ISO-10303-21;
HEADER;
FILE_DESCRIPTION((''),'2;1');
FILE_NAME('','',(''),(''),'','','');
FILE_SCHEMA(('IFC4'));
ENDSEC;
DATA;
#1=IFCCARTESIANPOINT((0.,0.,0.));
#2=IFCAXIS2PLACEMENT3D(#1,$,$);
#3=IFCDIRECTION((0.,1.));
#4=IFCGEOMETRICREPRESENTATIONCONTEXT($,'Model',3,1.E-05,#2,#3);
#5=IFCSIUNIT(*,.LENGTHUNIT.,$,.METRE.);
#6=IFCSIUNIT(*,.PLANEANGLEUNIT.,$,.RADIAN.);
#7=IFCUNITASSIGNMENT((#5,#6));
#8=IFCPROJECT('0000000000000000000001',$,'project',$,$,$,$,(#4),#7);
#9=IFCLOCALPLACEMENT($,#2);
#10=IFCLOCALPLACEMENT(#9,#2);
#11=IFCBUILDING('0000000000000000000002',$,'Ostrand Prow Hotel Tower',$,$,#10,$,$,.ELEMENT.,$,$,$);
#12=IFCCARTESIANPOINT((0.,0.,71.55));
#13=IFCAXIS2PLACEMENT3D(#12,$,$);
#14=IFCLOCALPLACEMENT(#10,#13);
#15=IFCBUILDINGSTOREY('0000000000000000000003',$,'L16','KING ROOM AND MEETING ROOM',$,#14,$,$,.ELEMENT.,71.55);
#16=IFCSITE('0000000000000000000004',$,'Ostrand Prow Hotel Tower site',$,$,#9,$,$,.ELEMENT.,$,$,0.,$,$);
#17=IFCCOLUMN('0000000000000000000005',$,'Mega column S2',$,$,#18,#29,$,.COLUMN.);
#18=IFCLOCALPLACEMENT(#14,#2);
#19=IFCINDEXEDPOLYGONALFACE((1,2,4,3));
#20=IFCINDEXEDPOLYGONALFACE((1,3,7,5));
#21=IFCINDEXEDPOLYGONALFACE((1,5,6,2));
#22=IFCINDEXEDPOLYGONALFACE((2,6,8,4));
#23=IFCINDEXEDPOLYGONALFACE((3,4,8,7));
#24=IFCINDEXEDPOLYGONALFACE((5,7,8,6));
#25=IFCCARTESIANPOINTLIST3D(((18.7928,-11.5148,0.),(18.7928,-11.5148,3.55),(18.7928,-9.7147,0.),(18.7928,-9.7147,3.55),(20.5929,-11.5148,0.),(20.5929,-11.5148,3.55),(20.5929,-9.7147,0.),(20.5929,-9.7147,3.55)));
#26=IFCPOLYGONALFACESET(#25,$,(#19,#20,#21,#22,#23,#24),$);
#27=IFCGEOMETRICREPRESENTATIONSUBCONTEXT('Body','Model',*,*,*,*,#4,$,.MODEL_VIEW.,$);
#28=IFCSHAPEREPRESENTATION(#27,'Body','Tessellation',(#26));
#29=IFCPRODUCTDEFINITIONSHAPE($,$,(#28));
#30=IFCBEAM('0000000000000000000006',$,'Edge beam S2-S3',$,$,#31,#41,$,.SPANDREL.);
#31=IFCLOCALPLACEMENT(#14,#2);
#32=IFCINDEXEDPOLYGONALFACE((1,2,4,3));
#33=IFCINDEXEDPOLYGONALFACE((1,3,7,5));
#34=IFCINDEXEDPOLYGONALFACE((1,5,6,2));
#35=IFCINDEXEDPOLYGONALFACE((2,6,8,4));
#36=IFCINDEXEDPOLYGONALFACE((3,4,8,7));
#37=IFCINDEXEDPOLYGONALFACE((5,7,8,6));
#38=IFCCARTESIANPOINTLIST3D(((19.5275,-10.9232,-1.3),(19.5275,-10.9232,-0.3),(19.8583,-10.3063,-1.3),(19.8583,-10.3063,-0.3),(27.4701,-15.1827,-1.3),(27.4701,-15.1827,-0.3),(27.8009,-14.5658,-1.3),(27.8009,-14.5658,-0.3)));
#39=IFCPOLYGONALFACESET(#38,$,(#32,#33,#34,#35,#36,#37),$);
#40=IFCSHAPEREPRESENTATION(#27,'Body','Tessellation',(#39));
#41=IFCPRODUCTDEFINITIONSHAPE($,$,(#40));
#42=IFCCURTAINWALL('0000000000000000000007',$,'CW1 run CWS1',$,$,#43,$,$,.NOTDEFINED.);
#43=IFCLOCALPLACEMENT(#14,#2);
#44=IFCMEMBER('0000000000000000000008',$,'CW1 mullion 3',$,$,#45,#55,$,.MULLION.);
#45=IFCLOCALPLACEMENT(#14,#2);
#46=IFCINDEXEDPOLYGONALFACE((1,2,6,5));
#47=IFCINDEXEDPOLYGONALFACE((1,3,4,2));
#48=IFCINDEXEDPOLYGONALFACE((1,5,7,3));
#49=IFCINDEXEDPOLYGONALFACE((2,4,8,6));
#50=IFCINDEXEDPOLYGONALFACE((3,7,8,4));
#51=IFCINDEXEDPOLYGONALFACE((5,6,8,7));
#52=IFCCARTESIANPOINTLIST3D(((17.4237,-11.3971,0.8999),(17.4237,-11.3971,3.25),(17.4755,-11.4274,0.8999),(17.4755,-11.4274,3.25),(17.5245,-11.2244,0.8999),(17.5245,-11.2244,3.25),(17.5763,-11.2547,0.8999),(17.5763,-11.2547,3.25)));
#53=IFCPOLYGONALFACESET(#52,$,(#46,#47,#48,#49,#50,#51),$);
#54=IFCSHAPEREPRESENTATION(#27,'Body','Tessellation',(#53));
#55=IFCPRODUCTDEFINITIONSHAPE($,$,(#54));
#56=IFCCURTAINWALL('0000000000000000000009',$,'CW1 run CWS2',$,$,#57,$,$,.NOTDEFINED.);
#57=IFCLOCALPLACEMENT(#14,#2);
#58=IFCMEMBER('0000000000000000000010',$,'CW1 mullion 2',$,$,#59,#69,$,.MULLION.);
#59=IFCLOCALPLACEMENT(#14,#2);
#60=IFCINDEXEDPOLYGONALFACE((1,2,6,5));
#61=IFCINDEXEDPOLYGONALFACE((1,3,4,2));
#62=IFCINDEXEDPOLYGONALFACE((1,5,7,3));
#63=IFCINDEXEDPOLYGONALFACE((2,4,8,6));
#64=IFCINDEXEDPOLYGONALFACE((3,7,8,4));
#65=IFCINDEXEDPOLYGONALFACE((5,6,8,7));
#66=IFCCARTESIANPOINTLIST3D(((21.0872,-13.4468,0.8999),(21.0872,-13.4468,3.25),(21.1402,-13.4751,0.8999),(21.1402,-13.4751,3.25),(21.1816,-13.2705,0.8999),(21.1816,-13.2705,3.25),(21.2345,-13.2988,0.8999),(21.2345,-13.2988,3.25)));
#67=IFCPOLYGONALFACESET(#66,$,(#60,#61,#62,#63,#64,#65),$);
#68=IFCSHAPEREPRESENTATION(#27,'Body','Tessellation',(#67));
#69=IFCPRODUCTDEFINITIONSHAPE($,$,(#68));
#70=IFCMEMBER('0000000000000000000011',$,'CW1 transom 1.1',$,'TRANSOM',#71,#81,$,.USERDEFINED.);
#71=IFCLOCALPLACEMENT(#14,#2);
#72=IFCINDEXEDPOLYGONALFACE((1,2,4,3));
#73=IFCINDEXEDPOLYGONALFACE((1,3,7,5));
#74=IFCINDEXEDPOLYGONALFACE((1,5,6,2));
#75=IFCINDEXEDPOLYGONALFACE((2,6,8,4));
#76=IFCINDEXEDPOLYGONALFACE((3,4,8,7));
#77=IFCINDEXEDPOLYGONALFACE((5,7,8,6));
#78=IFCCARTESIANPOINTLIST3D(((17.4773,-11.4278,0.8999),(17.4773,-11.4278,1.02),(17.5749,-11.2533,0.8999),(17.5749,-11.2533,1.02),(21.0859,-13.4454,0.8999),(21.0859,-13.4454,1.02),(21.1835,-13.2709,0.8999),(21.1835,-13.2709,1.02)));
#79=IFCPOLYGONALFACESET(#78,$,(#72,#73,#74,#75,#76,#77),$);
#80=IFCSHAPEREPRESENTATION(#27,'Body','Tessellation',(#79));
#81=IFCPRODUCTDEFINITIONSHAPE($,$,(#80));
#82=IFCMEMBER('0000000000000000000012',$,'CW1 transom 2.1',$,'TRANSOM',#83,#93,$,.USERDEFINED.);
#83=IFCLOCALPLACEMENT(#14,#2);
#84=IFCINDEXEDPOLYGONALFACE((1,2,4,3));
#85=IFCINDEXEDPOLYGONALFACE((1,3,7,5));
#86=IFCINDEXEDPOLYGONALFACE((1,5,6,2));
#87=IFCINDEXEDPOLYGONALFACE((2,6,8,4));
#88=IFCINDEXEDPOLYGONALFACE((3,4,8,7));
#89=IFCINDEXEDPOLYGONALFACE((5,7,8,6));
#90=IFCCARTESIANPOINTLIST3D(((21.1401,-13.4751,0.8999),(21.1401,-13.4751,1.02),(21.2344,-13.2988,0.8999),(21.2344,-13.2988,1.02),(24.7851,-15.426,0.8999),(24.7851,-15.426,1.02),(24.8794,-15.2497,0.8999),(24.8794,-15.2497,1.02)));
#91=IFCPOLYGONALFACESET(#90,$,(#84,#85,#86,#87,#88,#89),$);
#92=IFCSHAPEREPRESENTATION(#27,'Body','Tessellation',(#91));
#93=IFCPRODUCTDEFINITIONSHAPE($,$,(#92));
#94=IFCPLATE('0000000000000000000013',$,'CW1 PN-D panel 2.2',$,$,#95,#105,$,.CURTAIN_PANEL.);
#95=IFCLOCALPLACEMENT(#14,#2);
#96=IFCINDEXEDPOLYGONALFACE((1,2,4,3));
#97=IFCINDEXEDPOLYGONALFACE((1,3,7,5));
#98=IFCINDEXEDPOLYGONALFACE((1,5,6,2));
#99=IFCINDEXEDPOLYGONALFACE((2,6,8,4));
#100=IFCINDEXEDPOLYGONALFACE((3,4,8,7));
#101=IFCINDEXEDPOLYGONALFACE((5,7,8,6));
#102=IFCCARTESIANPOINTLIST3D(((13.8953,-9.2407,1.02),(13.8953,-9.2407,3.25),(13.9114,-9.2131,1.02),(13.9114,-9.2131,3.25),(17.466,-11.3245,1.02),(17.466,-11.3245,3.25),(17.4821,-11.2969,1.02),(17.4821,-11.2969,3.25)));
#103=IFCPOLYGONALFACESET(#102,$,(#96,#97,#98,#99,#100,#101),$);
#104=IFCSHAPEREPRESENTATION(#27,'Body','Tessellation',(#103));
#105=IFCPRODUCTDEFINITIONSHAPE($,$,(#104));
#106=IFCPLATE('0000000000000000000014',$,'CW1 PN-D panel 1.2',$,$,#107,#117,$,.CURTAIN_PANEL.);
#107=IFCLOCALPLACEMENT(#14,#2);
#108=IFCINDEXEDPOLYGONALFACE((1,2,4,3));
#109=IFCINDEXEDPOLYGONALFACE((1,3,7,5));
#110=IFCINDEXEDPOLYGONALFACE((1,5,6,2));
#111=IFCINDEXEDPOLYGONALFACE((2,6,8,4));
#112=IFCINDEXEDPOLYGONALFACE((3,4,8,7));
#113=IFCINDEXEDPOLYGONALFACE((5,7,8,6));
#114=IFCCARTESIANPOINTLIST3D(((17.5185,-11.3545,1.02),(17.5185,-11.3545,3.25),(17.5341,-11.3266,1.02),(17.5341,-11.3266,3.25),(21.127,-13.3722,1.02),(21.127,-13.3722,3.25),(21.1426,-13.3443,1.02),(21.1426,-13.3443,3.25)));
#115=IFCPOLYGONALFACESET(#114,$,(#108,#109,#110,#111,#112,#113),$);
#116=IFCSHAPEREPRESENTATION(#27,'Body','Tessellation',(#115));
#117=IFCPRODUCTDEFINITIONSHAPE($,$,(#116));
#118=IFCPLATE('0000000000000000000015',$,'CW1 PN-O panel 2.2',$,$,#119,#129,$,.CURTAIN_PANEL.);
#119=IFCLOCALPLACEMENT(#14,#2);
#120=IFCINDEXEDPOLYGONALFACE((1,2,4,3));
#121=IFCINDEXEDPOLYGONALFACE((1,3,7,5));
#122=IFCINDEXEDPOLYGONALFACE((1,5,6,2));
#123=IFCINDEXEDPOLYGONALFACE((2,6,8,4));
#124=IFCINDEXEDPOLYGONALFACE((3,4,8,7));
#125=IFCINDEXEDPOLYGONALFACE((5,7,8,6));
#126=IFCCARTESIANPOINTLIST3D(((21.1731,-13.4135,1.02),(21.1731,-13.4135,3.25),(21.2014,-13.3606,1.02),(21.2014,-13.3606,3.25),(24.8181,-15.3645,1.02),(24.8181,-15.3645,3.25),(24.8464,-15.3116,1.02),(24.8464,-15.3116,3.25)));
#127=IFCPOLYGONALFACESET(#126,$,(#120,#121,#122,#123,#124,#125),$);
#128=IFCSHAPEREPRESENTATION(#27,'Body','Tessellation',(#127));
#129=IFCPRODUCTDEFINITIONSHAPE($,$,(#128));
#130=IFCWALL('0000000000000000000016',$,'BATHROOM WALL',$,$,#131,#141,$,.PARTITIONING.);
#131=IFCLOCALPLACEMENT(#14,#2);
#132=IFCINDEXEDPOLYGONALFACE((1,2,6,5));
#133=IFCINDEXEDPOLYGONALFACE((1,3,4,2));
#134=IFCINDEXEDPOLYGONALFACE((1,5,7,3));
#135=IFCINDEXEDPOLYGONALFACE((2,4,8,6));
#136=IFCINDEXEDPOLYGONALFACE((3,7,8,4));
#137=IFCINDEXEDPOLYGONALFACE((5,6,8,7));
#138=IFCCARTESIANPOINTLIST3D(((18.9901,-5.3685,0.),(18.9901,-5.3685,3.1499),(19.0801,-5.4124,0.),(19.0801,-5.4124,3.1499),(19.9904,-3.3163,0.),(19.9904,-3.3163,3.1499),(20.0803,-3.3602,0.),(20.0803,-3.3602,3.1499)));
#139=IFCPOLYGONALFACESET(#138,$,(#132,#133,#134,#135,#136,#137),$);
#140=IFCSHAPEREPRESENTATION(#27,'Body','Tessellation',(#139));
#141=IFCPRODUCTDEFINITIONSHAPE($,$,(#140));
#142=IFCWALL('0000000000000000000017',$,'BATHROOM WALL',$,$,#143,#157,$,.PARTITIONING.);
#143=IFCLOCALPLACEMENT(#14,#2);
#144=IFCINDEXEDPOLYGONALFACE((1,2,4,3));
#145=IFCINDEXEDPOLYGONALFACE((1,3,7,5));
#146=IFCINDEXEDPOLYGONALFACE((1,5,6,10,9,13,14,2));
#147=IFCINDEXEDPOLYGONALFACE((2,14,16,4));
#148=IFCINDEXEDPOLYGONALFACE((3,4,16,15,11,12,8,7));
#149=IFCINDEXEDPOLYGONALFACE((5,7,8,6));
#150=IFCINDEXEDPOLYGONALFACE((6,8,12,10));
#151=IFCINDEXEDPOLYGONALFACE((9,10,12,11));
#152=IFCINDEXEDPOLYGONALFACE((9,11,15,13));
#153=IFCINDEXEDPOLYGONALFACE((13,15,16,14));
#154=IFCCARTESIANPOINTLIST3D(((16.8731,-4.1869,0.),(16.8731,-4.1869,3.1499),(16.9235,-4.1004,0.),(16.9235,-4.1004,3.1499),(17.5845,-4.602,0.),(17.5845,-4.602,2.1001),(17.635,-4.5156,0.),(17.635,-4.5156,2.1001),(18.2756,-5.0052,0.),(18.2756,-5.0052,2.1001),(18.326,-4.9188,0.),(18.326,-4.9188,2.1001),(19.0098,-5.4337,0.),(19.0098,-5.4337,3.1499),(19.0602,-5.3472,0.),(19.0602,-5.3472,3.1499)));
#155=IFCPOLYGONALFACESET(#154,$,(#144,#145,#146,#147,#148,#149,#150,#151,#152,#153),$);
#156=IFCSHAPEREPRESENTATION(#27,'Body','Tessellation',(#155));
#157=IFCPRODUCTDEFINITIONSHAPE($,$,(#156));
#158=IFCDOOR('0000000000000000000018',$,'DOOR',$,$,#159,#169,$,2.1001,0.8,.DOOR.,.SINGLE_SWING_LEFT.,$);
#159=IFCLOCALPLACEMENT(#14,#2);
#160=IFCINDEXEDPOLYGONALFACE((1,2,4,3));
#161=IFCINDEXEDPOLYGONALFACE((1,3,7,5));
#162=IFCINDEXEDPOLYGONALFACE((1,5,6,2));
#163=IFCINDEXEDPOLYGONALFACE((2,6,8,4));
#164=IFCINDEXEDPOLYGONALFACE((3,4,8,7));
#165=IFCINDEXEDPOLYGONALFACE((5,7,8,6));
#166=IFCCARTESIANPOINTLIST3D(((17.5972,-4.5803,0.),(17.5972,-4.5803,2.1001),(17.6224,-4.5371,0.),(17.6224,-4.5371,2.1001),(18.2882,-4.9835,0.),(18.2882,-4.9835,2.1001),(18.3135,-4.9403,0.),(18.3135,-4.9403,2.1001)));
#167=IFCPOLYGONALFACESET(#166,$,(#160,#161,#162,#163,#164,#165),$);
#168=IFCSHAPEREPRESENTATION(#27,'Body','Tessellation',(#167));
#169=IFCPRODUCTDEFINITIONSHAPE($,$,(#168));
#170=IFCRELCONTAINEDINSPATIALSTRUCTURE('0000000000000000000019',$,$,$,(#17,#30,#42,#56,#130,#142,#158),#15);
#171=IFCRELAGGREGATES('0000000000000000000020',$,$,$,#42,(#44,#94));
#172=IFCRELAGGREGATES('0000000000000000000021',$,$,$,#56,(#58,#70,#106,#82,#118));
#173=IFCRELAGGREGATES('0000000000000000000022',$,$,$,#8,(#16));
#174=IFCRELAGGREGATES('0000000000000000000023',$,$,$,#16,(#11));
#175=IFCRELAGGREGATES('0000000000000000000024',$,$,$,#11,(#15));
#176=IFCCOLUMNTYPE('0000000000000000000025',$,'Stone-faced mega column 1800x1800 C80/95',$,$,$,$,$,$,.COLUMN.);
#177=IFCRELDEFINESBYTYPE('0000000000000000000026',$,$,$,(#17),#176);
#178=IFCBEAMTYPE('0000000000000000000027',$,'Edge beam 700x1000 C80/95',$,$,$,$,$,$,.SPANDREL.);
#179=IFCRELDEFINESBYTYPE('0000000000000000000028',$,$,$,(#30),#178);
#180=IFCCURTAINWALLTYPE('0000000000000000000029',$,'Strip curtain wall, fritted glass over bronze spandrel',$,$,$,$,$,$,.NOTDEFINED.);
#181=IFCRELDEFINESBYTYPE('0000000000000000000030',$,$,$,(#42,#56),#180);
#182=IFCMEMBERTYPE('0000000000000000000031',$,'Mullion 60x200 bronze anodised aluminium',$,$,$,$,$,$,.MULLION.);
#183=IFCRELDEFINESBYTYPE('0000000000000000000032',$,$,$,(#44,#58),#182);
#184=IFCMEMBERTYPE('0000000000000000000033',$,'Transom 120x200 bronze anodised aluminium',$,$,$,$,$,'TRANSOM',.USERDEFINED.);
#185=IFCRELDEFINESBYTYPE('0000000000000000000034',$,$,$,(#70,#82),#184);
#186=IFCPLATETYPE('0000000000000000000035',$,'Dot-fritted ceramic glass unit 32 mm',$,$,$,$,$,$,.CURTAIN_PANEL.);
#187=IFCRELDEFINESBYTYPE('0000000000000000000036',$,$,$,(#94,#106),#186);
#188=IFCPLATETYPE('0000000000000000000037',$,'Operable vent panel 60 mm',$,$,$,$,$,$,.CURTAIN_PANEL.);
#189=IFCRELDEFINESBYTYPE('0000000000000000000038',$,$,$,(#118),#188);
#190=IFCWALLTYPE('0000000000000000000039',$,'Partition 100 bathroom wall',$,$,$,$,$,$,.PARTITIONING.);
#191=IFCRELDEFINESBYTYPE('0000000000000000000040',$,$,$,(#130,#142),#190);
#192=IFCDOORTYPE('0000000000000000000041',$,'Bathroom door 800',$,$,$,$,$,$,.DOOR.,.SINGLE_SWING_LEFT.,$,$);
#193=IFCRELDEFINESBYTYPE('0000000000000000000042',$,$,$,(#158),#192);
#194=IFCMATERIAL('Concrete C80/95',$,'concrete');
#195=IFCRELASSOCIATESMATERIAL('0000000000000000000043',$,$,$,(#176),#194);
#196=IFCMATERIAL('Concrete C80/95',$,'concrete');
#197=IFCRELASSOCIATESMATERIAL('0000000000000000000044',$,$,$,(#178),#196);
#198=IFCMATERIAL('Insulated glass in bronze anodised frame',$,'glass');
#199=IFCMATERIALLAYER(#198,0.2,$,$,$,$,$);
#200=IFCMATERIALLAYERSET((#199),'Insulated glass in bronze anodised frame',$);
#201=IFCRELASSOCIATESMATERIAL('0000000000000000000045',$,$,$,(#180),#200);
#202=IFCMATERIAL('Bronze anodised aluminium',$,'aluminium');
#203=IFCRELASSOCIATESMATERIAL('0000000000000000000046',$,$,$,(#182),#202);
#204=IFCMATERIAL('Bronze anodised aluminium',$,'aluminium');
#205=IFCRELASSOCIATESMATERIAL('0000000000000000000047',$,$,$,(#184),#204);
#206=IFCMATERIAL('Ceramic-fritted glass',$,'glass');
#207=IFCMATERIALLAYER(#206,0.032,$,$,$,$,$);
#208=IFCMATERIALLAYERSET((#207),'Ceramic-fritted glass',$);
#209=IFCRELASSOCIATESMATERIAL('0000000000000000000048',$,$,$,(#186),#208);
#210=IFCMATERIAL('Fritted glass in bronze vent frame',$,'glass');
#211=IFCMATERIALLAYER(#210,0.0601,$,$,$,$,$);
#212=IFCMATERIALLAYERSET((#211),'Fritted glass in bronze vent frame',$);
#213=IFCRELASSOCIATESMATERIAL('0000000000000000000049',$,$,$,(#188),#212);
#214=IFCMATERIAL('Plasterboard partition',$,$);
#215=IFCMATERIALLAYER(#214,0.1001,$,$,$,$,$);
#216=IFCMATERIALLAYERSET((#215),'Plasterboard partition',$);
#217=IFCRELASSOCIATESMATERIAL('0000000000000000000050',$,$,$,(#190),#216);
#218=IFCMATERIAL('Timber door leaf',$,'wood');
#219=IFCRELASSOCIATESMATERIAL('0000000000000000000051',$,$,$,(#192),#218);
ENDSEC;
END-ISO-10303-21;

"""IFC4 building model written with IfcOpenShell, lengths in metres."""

from ifc_helpers import new_model, si_unit, direction, frame, frame_2d, origin, origin_2d, place, context, subcontext, project, spatial, rectangle, extrude, material, layer, layer_set, material_profile, profile_set, type_object, element, fill, aggregate, save


model = new_model("IFC4")

# Units and contexts
model_context = context("Model", 3, precision=1e-05, world=origin(), true_north=direction((0.0, 1.0)))
body_context = subcontext(model_context, "Body", "Model", "MODEL_VIEW")
ifc_project = project(units=[si_unit("LENGTHUNIT", "METRE"), si_unit("PLANEANGLEUNIT", "RADIAN")], contexts=[model_context])

# Site, building, storey
site_placement = place(None, origin())
site = spatial("IfcSite", under=ifc_project, at=site_placement, Name="Ostrand Prow Hotel Tower site", CompositionType="ELEMENT", RefElevation=0.0)
building_placement = place(site_placement, origin())
building = spatial("IfcBuilding", under=site, at=building_placement, Name="Ostrand Prow Hotel Tower", CompositionType="ELEMENT")
storey_placement = place(building_placement, frame((0.0, 0.0, 71.55)))
storey = spatial("IfcBuildingStorey", under=building, at=storey_placement, Name="L16", Description="KING ROOM AND MEETING ROOM", CompositionType="ELEMENT", Elevation=71.55)

# Column
ifc_material_1 = material(Name="Concrete C80/95", Category="concrete")
ifc_material_profile_1 = material_profile(ifc_material_1, rectangle(XDim=1.8, YDim=1.8, at=origin_2d()), Name="RC 1800x1800")
ifc_profile_set_1 = profile_set([ifc_material_profile_1], Name="Concrete C80/95")
column_type = type_object("IfcColumnType", Name="Stone-faced mega column 1800x1800 C80/95", PredefinedType="COLUMN", material=ifc_profile_set_1)
column_placement = place(storey_placement, frame((19.6929, -10.6147, 0.0), z_axis=(0.0, 0.0, 1.0), x_axis=(1.0, 0.0, 0.0)))
element("IfcColumn", 1, at=column_placement, inside=storey, type_object=column_type, Name="Mega column S2", PredefinedType="COLUMN", context=body_context, shape_type="SweptSolid", body=[
    extrude(rectangle(XDim=1.8, YDim=1.8, at=origin_2d()), origin(), (0.0, 0.0, 1.0), 3.55),
])

# Beam
ifc_material_2 = material(Name="Concrete C80/95", Category="concrete")
ifc_material_profile_2 = material_profile(ifc_material_2, rectangle(XDim=0.7, YDim=1.0, at=origin_2d()), Name="RC 700x1000")
ifc_profile_set_2 = profile_set([ifc_material_profile_2], Name="Concrete C80/95")
beam_type = type_object("IfcBeamType", Name="Edge beam 700x1000 C80/95", PredefinedType="SPANDREL", material=ifc_profile_set_2)
beam_placement = place(storey_placement, frame((19.6929, -10.6147, -0.8), z_axis=(0.88127, -0.472613, 0.0), x_axis=(0.472613, 0.88127, 0.0)))
element("IfcBeam", 2, at=beam_placement, inside=storey, type_object=beam_type, Name="Edge beam S2-S3", PredefinedType="SPANDREL", context=body_context, shape_type="SweptSolid", body=[
    extrude(rectangle(XDim=0.7, YDim=1.0, at=origin_2d()), origin(), (0.0, 0.0, 1.0), 9.0127),
])

# Curtain wall, member
ifc_material_3 = material(Name="Insulated glass in bronze anodised frame", Category="glass")
ifc_layer_1 = layer(ifc_material_3, 0.2)
ifc_layer_set_1 = layer_set([ifc_layer_1], Name="Insulated glass in bronze anodised frame")
curtain_wall_type = type_object("IfcCurtainWallType", Name="Strip curtain wall, fritted glass over bronze spandrel", PredefinedType="NOTDEFINED", material=ifc_layer_set_1)
curtain_wall_1_placement = place(storey_placement, origin())
curtain_wall_1 = element("IfcCurtainWall", 3, at=curtain_wall_1_placement, inside=storey, type_object=curtain_wall_type, Name="CW1 run CWS1", PredefinedType="NOTDEFINED")
ifc_material_4 = material(Name="Bronze anodised aluminium", Category="aluminium")
ifc_material_profile_3 = material_profile(ifc_material_4, rectangle(XDim=0.2, YDim=0.0601, at=origin_2d()), Name="Mullion 60x200 bronze anodised aluminium")
ifc_profile_set_3 = profile_set([ifc_material_profile_3], Name="Bronze anodised aluminium")
member_type_1 = type_object("IfcMemberType", Name="Mullion 60x200 bronze anodised aluminium", PredefinedType="MULLION", material=ifc_profile_set_3)
member_1_placement = place(storey_placement, frame((17.5, -11.3259, 0.8999), z_axis=(0.0, 0.0, 1.0), x_axis=(0.504023, 0.86369, 0.0)))
member_1 = element("IfcMember", 4, at=member_1_placement, type_object=member_type_1, Name="CW1 mullion 3", PredefinedType="MULLION", context=body_context, shape_type="SweptSolid", body=[
    extrude(rectangle(XDim=0.2, YDim=0.0601, at=origin_2d()), origin(), (0.0, 0.0, 1.0), 2.3501),
])

# Curtain wall, members
curtain_wall_2_placement = place(storey_placement, origin())
curtain_wall_2 = element("IfcCurtainWall", 5, at=curtain_wall_2_placement, inside=storey, type_object=curtain_wall_type, Name="CW1 run CWS2", PredefinedType="NOTDEFINED")
member_2_placement = place(storey_placement, frame((21.1609, -13.3728, 0.8999), z_axis=(0.0, 0.0, 1.0), x_axis=(0.4719, 0.881652, 0.0)))
member_2 = element("IfcMember", 6, at=member_2_placement, type_object=member_type_1, Name="CW1 mullion 2", PredefinedType="MULLION", context=body_context, shape_type="SweptSolid", body=[
    extrude(rectangle(XDim=0.2, YDim=0.0601, at=origin_2d()), origin(), (0.0, 0.0, 1.0), 2.3501),
])
ifc_material_5 = material(Name="Bronze anodised aluminium", Category="aluminium")
ifc_material_profile_4 = material_profile(ifc_material_5, rectangle(XDim=0.2, YDim=0.1201, at=origin_2d()), Name="Transom 120x200 bronze anodised aluminium")
ifc_profile_set_4 = profile_set([ifc_material_profile_4], Name="Bronze anodised aluminium")
member_type_2 = type_object("IfcMemberType", Name="Transom 120x200 bronze anodised aluminium", ElementType="TRANSOM", PredefinedType="USERDEFINED", material=ifc_profile_set_4)
member_3_placement = place(storey_placement, frame((17.5261, -11.3406, 0.96), z_axis=(0.872842, -0.488003, 0.0), x_axis=(0.488003, 0.872842, 0.0)))
member_3 = element("IfcMember", 7, at=member_3_placement, type_object=member_type_2, Name="CW1 transom 1.1", ObjectType="TRANSOM", PredefinedType="USERDEFINED", context=body_context, shape_type="SweptSolid", body=[
    extrude(rectangle(XDim=0.2, YDim=0.1201, at=origin_2d()), origin(), (0.0, 0.0, 1.0), 4.1343),
])
member_4_placement = place(storey_placement, frame((21.1873, -13.387, 0.96), z_axis=(0.881657, -0.47189, 0.0), x_axis=(0.47189, 0.881657, 0.0)))
member_4 = element("IfcMember", 8, at=member_4_placement, type_object=member_type_2, Name="CW1 transom 2.1", ObjectType="TRANSOM", PredefinedType="USERDEFINED", context=body_context, shape_type="SweptSolid", body=[
    extrude(rectangle(XDim=0.2, YDim=0.1201, at=origin_2d()), origin(), (0.0, 0.0, 1.0), 4.1343),
])

# Plates
ifc_material_6 = material(Name="Ceramic-fritted glass", Category="glass")
ifc_layer_2 = layer(ifc_material_6, 0.032)
ifc_layer_set_2 = layer_set([ifc_layer_2], Name="Ceramic-fritted glass")
plate_type_1 = type_object("IfcPlateType", Name="Dot-fritted ceramic glass unit 32 mm", PredefinedType="CURTAIN_PANEL", material=ifc_layer_set_2)
plate_1_placement = place(storey_placement, frame((15.6887, -10.2688, 1.02), z_axis=(0.0, 0.0, 1.0), x_axis=(0.86369, -0.504023, 0.0)))
plate_1 = element("IfcPlate", 9, at=plate_1_placement, type_object=plate_type_1, Name="CW1 PN-D panel 2.2", PredefinedType="CURTAIN_PANEL", context=body_context, shape_type="SweptSolid", body=[
    extrude(rectangle(XDim=4.1343, YDim=0.032, at=origin_2d()), origin(), (0.0, 0.0, 1.0), 2.23),
])
aggregate(curtain_wall_1, [member_1, plate_1])
plate_2_placement = place(storey_placement, frame((19.3306, -12.3494, 1.02), z_axis=(0.0, 0.0, 1.0), x_axis=(0.872819, -0.488044, 0.0)))
plate_2 = element("IfcPlate", 10, at=plate_2_placement, type_object=plate_type_1, Name="CW1 PN-D panel 1.2", PredefinedType="CURTAIN_PANEL", context=body_context, shape_type="SweptSolid", body=[
    extrude(rectangle(XDim=4.1343, YDim=0.032, at=origin_2d()), origin(), (0.0, 0.0, 1.0), 2.23),
])
ifc_material_7 = material(Name="Fritted glass in bronze vent frame", Category="glass")
ifc_layer_3 = layer(ifc_material_7, 0.0601)
ifc_layer_set_3 = layer_set([ifc_layer_3], Name="Fritted glass in bronze vent frame")
plate_type_2 = type_object("IfcPlateType", Name="Operable vent panel 60 mm", PredefinedType="CURTAIN_PANEL", material=ifc_layer_set_3)
plate_3_placement = place(storey_placement, frame((23.0098, -14.3625, 1.02), z_axis=(0.0, 0.0, 1.0), x_axis=(0.881652, -0.4719, 0.0)))
plate_3 = element("IfcPlate", 11, at=plate_3_placement, type_object=plate_type_2, Name="CW1 PN-O panel 2.2", PredefinedType="CURTAIN_PANEL", context=body_context, shape_type="SweptSolid", body=[
    extrude(rectangle(XDim=4.1343, YDim=0.0601, at=origin_2d()), origin(), (0.0, 0.0, 1.0), 2.23),
])
aggregate(curtain_wall_2, [member_2, member_3, plate_2, member_4, plate_3])

# Wall
ifc_material_8 = material(Name="Plasterboard partition")
ifc_layer_4 = layer(ifc_material_8, 0.1001)
ifc_layer_set_4 = layer_set([ifc_layer_4], Name="Plasterboard partition")
wall_type_1 = type_object("IfcWallType", Name="Partition 100 bathroom wall", PredefinedType="PARTITIONING", material=ifc_layer_set_4)
wall_1_placement = place(storey_placement, frame((20.0354, -3.3381, 0.0), z_axis=(0.0, 0.0, 1.0), x_axis=(-0.438122, -0.898915, 0.0)))
element("IfcWall", 12, at=wall_1_placement, inside=storey, type_object=wall_type_1, Name="BATHROOM WALL", PredefinedType="PARTITIONING", context=body_context, shape_type="SweptSolid", body=[
    extrude(rectangle(XDim=2.283, YDim=0.1001, at=frame_2d((1.1416, 0.0))), origin(), (0.0, 0.0, 1.0), 3.1499),
])

# Wall, opening, door
wall_2_placement = place(storey_placement, frame((19.0349, -5.3904, 0.0), z_axis=(0.0, 0.0, 1.0), x_axis=(-0.863707, 0.503994, 0.0)))
wall_2 = element("IfcWall", 13, at=wall_2_placement, inside=storey, type_object=wall_type_1, Name="BATHROOM WALL", PredefinedType="PARTITIONING", context=body_context, shape_type="SweptSolid", body=[
    extrude(rectangle(XDim=2.4739, YDim=0.1001, at=frame_2d((1.2368, 0.0))), origin(), (0.0, 0.0, 1.0), 3.1499),
])
opening_1_placement = place(wall_2_placement, frame((0.8501, 0.0, 0.0)))
opening_1 = element("IfcOpeningElement", 14, at=opening_1_placement, cuts=wall_2, PredefinedType="OPENING", context=body_context, shape_type="SweptSolid", body=[
    extrude(rectangle(XDim=0.8, YDim=2.1001, at=frame_2d((0.3999, 1.05))), frame((0.0, 0.0601, 0.0), z_axis=(0.0, -1.0, 0.0), x_axis=(1.0, 0.0, 0.0)), (0.0, 0.0, 1.0), 0.1201),
])
ifc_material_9 = material(Name="Timber door leaf", Category="wood")
door_type_1 = type_object("IfcDoorType", Name="Bathroom door 800", OperationType="SINGLE_SWING_LEFT", PredefinedType="DOOR", material=ifc_material_9)
door_1_placement = place(opening_1_placement, origin())
door_1 = element("IfcDoor", 15, at=door_1_placement, inside=storey, type_object=door_type_1, Name="DOOR", OperationType="SINGLE_SWING_LEFT", OverallHeight=2.1001, OverallWidth=0.8, PredefinedType="DOOR", context=body_context, shape_type="SweptSolid", body=[
    extrude(rectangle(XDim=0.8, YDim=2.1001, at=frame_2d((0.3999, 1.05))), frame((0.0, 0.0249, 0.0), z_axis=(0.0, -1.0, 0.0), x_axis=(1.0, 0.0, 0.0)), (0.0, 0.0, 1.0), 0.05),
])
fill(opening_1, door_1)

save(model, "model.ifc")
